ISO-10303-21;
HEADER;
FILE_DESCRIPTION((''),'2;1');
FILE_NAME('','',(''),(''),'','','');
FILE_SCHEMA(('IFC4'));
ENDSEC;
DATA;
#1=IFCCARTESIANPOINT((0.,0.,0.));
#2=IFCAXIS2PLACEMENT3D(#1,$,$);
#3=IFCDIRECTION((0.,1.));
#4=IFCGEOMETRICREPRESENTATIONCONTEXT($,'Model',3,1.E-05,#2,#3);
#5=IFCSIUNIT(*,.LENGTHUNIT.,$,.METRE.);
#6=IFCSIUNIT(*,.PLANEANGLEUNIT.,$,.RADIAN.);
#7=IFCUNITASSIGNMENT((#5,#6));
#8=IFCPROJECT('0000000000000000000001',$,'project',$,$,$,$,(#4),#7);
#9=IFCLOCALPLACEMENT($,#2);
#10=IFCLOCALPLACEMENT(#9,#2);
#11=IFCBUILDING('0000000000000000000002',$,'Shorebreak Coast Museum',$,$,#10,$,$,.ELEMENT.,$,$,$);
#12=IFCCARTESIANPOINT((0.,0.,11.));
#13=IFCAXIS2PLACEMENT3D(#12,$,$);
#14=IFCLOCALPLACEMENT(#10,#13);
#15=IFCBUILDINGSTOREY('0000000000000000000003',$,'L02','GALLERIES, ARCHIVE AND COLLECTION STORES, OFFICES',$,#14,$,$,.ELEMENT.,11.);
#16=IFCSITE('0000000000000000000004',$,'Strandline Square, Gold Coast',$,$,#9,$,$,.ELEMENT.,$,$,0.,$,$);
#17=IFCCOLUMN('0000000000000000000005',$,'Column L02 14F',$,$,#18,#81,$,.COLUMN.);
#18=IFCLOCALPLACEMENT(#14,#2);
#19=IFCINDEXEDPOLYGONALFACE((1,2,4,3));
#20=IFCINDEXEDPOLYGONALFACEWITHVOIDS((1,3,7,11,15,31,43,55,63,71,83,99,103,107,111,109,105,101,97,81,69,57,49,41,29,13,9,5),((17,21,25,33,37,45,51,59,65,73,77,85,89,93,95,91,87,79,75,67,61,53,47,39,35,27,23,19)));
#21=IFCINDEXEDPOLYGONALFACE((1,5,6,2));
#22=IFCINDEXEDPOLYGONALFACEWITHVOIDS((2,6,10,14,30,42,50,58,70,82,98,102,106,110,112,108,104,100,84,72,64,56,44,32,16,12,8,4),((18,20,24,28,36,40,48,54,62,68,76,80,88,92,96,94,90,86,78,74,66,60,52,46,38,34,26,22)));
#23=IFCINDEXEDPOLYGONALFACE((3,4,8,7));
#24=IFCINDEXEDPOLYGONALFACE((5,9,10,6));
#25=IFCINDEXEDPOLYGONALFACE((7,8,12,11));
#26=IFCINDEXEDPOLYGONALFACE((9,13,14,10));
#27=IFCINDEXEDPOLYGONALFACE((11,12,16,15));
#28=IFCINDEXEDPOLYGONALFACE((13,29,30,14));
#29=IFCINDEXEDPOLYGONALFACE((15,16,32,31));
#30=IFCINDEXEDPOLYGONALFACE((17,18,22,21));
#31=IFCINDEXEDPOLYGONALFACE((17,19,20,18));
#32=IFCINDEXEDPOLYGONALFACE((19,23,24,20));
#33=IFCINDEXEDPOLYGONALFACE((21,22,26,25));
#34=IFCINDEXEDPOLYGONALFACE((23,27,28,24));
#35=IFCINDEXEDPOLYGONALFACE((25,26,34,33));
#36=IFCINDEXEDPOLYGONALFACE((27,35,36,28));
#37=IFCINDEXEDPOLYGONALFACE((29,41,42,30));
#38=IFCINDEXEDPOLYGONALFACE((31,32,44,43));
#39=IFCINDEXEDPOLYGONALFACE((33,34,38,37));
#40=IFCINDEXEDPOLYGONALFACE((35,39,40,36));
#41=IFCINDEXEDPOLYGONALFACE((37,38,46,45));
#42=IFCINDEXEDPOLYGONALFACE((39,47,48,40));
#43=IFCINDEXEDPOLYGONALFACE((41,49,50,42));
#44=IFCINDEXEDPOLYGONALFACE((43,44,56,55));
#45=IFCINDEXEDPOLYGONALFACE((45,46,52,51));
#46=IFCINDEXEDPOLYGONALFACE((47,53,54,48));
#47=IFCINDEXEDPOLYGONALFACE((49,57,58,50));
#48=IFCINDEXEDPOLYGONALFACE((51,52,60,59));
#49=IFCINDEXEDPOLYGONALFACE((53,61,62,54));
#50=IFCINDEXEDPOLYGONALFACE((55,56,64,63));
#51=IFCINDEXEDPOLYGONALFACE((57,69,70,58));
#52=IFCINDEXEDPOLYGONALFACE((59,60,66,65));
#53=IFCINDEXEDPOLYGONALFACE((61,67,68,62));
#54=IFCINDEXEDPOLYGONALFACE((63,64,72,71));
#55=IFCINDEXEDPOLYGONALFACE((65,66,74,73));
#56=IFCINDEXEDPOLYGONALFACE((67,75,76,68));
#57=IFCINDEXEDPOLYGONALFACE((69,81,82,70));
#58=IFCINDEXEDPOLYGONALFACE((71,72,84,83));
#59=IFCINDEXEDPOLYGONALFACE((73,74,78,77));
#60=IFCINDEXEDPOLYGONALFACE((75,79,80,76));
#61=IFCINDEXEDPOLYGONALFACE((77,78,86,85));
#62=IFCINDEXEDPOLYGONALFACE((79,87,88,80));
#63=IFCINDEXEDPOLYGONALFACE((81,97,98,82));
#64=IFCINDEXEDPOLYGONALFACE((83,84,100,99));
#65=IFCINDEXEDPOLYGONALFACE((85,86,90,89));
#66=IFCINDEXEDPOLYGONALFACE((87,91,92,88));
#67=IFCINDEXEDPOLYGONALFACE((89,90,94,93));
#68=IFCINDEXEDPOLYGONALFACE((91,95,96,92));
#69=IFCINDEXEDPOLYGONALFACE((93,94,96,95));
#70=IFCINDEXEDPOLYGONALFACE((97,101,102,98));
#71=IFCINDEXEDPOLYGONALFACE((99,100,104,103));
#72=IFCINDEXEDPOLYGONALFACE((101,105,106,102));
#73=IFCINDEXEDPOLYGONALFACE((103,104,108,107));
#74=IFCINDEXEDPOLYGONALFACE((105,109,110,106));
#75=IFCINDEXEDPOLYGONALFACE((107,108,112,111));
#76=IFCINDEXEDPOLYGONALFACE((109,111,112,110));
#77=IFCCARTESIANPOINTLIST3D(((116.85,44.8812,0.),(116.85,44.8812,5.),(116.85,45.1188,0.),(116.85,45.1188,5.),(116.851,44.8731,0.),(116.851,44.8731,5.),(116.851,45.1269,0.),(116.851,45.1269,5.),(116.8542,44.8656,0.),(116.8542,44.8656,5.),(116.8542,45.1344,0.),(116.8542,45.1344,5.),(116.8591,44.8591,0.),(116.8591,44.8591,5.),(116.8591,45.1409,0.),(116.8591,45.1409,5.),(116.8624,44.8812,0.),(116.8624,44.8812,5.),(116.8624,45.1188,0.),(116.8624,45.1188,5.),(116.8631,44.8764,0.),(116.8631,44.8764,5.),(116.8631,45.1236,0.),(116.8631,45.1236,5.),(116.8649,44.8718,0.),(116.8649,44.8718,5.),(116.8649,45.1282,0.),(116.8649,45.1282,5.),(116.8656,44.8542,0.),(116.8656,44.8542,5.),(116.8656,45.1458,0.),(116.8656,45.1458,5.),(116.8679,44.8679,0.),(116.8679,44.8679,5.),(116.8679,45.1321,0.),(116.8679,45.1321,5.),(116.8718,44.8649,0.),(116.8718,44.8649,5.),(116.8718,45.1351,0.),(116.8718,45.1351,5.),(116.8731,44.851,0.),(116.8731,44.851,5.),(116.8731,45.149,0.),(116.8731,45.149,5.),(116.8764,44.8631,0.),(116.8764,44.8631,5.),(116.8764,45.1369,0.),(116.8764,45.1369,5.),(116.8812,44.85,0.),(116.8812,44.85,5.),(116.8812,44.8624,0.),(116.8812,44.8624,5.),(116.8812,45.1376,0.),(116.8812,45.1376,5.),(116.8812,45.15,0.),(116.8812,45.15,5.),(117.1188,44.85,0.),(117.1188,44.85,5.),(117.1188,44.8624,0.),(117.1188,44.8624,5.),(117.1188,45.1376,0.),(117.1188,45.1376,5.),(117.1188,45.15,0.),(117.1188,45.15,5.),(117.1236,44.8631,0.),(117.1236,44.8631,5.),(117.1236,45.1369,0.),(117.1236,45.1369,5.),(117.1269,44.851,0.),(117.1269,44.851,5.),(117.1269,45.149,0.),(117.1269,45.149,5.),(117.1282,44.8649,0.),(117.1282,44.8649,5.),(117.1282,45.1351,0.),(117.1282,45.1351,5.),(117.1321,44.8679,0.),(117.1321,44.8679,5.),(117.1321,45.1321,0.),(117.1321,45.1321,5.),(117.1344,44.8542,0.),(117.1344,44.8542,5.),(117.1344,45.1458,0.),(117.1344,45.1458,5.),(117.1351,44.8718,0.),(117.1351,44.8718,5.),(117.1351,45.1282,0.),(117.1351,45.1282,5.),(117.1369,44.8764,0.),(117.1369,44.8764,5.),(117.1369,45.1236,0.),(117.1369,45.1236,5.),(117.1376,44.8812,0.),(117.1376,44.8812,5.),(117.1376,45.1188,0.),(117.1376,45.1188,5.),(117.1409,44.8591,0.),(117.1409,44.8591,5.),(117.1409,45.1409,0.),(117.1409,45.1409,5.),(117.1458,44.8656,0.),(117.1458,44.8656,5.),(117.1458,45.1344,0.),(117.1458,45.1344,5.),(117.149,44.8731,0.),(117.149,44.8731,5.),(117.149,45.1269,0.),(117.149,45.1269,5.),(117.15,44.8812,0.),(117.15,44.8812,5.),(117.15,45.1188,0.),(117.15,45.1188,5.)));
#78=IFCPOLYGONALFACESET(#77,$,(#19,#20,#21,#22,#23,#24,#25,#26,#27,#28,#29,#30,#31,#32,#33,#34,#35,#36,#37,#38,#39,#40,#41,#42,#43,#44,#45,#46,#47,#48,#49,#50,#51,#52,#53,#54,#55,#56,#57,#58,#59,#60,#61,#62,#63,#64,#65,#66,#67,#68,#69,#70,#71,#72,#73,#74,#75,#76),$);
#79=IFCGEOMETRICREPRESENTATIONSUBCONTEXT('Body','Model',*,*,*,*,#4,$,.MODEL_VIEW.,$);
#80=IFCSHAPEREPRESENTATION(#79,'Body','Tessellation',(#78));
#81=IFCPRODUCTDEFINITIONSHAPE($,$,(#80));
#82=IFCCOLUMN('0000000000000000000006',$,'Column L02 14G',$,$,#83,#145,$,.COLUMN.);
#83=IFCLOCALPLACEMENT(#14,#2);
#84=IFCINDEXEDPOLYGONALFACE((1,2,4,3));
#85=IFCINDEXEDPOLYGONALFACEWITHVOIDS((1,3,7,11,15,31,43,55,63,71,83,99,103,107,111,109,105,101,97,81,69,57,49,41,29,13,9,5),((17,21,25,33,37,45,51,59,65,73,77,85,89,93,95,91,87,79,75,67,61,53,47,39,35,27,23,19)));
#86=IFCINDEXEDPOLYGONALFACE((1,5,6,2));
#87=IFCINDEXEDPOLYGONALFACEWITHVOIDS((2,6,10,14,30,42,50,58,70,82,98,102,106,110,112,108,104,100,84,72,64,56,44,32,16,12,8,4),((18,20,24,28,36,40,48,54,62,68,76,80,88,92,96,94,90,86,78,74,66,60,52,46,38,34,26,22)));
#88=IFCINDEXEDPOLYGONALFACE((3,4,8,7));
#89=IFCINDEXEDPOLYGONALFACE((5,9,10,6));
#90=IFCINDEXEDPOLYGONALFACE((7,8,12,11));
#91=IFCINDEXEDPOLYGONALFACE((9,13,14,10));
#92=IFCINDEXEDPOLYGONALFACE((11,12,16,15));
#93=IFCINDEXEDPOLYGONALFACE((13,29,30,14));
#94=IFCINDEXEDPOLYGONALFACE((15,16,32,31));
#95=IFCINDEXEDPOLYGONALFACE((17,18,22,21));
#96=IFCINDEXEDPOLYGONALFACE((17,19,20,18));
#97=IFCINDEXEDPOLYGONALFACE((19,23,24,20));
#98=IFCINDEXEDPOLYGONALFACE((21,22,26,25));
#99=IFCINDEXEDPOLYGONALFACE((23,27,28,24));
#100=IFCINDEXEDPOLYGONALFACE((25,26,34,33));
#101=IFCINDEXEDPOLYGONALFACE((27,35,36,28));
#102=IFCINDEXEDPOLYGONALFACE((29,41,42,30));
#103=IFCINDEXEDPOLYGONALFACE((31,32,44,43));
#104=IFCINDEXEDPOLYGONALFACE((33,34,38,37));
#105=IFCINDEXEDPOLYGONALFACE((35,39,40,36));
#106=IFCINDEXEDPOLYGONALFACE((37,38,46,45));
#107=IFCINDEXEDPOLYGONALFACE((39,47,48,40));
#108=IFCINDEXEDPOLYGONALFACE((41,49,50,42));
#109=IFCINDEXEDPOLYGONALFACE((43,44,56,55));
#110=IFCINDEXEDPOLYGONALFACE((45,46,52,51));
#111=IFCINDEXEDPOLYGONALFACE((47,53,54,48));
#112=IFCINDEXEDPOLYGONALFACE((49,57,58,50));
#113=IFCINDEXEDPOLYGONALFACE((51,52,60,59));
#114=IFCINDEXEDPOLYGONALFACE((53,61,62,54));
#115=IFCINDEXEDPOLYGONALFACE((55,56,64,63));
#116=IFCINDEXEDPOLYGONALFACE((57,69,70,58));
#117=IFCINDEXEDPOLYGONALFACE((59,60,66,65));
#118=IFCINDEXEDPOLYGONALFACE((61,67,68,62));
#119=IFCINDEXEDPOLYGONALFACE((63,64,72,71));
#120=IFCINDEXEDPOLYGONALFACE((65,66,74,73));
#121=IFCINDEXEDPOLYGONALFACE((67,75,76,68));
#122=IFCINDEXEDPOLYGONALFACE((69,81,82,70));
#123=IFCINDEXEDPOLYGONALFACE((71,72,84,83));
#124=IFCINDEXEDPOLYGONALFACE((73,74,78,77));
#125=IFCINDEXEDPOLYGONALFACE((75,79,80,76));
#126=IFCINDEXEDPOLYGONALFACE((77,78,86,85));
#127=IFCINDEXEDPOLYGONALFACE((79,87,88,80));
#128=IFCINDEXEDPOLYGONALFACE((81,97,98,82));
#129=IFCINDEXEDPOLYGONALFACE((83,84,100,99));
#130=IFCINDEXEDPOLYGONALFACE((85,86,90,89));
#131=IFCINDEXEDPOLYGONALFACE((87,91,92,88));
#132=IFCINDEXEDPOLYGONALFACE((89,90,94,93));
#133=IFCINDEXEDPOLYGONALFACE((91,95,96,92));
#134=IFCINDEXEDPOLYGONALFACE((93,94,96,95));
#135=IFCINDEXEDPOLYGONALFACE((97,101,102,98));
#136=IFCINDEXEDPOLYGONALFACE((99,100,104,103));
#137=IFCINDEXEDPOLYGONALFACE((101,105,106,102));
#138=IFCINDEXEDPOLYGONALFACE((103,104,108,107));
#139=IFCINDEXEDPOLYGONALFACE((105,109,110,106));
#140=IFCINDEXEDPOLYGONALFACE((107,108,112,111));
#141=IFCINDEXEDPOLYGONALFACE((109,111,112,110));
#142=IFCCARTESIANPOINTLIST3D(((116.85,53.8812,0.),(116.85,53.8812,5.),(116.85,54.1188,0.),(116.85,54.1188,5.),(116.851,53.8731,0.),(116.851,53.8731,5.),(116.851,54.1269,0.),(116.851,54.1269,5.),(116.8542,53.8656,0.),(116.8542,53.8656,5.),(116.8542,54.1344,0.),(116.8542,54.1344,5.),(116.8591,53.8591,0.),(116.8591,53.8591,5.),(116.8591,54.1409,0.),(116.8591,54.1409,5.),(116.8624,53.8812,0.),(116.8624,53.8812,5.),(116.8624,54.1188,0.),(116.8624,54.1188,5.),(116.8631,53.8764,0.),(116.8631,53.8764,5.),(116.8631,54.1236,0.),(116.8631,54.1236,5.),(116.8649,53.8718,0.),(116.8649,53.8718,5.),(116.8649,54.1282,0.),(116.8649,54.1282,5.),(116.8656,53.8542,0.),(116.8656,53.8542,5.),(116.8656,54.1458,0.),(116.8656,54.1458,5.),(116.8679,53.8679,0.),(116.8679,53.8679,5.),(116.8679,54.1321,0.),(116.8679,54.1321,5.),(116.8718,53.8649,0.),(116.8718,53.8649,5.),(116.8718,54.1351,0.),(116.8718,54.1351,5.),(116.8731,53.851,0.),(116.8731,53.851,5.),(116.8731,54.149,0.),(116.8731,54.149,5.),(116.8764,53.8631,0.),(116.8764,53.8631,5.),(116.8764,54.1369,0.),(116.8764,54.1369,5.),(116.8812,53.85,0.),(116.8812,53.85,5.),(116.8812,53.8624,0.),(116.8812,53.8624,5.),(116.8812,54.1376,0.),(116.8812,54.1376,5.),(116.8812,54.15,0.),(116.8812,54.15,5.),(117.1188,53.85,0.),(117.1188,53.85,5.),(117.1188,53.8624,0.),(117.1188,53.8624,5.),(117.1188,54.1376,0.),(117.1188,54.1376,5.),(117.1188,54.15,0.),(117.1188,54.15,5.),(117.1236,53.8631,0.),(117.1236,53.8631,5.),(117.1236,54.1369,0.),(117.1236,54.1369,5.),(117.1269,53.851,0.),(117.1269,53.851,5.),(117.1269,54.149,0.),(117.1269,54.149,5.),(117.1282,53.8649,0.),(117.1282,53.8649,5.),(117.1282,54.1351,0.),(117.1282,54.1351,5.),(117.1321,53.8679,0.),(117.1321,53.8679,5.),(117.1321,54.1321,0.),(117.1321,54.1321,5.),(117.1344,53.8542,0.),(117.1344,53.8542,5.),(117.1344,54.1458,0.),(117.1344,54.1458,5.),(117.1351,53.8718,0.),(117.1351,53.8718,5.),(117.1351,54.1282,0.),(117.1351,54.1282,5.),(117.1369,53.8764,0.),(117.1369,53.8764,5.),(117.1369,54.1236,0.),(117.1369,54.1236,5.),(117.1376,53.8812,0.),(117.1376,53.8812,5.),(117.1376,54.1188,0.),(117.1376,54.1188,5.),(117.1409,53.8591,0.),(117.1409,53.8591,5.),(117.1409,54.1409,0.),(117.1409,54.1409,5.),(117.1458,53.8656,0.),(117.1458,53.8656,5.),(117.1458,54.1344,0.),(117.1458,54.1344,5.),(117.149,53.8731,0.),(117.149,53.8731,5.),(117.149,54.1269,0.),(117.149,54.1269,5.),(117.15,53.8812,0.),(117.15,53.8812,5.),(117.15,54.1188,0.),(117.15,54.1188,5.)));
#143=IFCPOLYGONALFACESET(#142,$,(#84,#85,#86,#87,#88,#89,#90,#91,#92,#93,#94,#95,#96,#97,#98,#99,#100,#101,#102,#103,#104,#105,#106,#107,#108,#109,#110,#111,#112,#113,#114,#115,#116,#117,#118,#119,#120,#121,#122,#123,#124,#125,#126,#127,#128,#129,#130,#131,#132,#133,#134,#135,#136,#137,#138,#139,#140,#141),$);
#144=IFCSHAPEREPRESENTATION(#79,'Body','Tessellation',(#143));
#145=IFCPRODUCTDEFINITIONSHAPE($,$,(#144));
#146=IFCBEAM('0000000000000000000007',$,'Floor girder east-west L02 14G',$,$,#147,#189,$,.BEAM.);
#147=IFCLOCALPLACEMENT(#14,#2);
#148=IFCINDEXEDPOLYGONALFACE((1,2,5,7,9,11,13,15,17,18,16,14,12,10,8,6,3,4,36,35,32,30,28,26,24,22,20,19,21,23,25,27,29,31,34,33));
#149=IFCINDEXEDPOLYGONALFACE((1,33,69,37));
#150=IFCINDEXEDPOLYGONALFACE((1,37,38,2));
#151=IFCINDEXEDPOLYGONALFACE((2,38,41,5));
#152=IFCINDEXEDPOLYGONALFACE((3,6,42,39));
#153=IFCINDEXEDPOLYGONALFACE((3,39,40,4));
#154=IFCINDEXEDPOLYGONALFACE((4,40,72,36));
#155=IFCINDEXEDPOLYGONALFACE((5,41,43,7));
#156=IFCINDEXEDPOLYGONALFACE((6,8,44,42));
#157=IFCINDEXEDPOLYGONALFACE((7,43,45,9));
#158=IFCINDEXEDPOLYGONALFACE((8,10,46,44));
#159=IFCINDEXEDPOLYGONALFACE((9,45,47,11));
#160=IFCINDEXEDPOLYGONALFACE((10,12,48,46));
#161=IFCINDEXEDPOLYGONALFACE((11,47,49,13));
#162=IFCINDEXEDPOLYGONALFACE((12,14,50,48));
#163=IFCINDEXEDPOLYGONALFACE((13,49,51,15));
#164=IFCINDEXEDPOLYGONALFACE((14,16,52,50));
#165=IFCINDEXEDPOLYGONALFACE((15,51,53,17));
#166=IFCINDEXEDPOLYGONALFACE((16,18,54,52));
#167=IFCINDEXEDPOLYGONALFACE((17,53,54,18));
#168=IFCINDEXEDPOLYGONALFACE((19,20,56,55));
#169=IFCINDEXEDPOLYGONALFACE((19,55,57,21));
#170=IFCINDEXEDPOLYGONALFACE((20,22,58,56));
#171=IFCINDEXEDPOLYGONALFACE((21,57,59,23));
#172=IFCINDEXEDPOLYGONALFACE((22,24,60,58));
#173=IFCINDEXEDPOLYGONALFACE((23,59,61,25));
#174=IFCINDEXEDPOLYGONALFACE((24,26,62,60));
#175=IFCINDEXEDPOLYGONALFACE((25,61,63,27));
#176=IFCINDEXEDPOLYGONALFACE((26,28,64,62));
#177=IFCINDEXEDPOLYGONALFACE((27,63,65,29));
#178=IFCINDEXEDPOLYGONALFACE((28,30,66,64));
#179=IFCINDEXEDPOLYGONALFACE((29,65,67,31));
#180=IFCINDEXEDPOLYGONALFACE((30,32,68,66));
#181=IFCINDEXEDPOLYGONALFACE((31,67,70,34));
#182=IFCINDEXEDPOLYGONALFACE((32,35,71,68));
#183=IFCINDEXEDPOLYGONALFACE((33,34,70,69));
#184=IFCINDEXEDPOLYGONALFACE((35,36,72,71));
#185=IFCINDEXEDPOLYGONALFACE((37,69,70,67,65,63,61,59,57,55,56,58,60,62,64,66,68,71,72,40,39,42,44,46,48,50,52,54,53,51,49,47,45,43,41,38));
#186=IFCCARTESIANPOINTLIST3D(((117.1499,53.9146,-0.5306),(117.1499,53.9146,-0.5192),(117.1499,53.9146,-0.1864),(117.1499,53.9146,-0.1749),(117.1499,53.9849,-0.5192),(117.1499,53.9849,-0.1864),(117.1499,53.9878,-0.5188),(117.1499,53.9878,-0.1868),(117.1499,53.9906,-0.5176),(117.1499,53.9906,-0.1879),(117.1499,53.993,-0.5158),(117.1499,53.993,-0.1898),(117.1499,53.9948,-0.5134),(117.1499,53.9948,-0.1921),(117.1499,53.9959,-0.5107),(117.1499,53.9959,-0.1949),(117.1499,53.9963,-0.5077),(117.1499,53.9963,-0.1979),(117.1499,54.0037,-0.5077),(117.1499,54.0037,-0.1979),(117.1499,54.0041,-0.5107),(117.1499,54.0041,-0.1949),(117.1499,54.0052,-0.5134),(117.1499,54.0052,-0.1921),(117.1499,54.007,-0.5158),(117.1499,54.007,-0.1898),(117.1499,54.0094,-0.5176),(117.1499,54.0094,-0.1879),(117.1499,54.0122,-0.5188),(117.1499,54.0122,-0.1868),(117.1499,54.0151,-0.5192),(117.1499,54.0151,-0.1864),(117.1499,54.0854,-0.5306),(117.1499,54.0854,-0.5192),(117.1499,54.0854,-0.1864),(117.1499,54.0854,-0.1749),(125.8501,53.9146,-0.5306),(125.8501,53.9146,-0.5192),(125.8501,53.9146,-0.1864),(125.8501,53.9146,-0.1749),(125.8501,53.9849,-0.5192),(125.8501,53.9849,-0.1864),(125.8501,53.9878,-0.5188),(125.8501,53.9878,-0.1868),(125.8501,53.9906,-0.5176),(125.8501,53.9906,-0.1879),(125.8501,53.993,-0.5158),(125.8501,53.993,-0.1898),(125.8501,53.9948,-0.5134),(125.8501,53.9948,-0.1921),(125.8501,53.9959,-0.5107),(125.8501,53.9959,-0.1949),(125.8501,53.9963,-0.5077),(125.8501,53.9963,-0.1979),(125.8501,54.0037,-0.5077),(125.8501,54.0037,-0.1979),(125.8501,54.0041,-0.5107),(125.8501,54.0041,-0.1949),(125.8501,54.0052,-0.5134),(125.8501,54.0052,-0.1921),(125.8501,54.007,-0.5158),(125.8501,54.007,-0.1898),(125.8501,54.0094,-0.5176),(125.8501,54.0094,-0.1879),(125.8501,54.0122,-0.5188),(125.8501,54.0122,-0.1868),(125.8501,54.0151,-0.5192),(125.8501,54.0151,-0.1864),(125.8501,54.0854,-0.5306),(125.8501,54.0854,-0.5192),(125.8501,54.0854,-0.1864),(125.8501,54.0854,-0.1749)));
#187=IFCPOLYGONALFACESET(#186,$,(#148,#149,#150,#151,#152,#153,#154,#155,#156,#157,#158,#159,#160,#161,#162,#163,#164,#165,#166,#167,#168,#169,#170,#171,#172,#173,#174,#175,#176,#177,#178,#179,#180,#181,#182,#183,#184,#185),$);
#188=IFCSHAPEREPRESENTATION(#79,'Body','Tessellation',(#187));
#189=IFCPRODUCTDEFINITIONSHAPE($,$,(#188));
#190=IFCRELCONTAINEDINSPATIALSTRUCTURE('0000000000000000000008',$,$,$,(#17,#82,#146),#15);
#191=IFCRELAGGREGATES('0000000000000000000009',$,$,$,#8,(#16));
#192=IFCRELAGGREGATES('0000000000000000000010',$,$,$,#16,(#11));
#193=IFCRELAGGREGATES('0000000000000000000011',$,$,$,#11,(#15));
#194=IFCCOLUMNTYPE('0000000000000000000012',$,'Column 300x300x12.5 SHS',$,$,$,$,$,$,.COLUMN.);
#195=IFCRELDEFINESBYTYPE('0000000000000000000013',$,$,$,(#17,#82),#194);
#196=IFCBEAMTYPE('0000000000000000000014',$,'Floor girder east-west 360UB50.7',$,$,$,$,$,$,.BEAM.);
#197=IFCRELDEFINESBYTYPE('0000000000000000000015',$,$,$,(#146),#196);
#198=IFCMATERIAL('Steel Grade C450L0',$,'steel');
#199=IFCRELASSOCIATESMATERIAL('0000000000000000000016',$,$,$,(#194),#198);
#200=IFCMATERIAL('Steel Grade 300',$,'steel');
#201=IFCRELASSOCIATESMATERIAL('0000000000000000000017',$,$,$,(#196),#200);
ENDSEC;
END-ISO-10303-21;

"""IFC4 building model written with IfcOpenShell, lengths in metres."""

from ifc_helpers import new_model, si_unit, direction, frame, origin, origin_2d, place, context, subcontext, project, spatial, hollow_rectangle, i_section, extrude, material, material_profile, profile_set, type_object, element, save


model = new_model("IFC4")

# Units and contexts
model_context = context("Model", 3, precision=1e-05, world=origin(), true_north=direction((0.0, 1.0)))
body_context = subcontext(model_context, "Body", "Model", "MODEL_VIEW")
ifc_project = project(units=[si_unit("LENGTHUNIT", "METRE"), si_unit("PLANEANGLEUNIT", "RADIAN")], contexts=[model_context])

# Site, building, storey
site_placement = place(None, origin())
site = spatial("IfcSite", under=ifc_project, at=site_placement, Name="Strandline Square, Gold Coast", CompositionType="ELEMENT", RefElevation=0.0)
building_placement = place(site_placement, origin())
building = spatial("IfcBuilding", under=site, at=building_placement, Name="Shorebreak Coast Museum", CompositionType="ELEMENT")
storey_placement = place(building_placement, frame((0.0, 0.0, 11.0)))
storey = spatial("IfcBuildingStorey", under=building, at=storey_placement, Name="L02", Description="GALLERIES, ARCHIVE AND COLLECTION STORES, OFFICES", CompositionType="ELEMENT", Elevation=11.0)

# Columns
ifc_material_1 = material(Name="Steel Grade C450L0", Category="steel")
ifc_material_profile_1 = material_profile(ifc_material_1, hollow_rectangle(XDim=0.3, YDim=0.3, WallThickness=0.0125, InnerFilletRadius=0.0188, OuterFilletRadius=0.0312, at=origin_2d()), Name="300x300x12.5 SHS")
ifc_profile_set_1 = profile_set([ifc_material_profile_1], Name="Steel Grade C450L0")
column_type = type_object("IfcColumnType", Name="Column 300x300x12.5 SHS", PredefinedType="COLUMN", material=ifc_profile_set_1)
for number, where, z_axis, x_axis, name in (
    (1, (117.0, 45.0, 0.0), (0.0, 0.0, 1.0), (1.0, 0.0, 0.0), "Column L02 14F"),
    (2, (117.0, 54.0, 0.0), (0.0, 0.0, 1.0), (1.0, 0.0, 0.0), "Column L02 14G"),
):
    element("IfcColumn", number, at=place(storey_placement, frame(where, z_axis=z_axis, x_axis=x_axis)), inside=storey, type_object=column_type, Name=name, PredefinedType="COLUMN", context=body_context, shape_type="SweptSolid", body=[
        extrude(hollow_rectangle(XDim=0.3, YDim=0.3, WallThickness=0.0125, InnerFilletRadius=0.0188, OuterFilletRadius=0.0312, at=origin_2d()), origin(), (0.0, 0.0, 1.0), 5.0),
    ])

# Beam
ifc_material_2 = material(Name="Steel Grade 300", Category="steel")
ifc_material_profile_2 = material_profile(ifc_material_2, i_section(OverallWidth=0.1709, OverallDepth=0.3557, WebThickness=0.0073, FlangeThickness=0.0115, FilletRadius=0.0115, at=origin_2d()), Name="360UB50.7")
ifc_profile_set_2 = profile_set([ifc_material_profile_2], Name="Steel Grade 300")
beam_type_1 = type_object("IfcBeamType", Name="Floor girder east-west 360UB50.7", PredefinedType="BEAM", material=ifc_profile_set_2)
beam_placement = place(storey_placement, frame((117.1499, 54.0, -0.3528), z_axis=(1.0, 0.0, 0.0), x_axis=(0.0, 1.0, 0.0)))
element("IfcBeam", 3, at=beam_placement, inside=storey, type_object=beam_type_1, Name="Floor girder east-west L02 14G", PredefinedType="BEAM", context=body_context, shape_type="SweptSolid", body=[
    extrude(i_section(OverallWidth=0.1709, OverallDepth=0.3557, WebThickness=0.0073, FlangeThickness=0.0115, FilletRadius=0.0115, at=origin_2d()), origin(), (0.0, 0.0, 1.0), 8.7002),
])

save(model, "model.ifc")
